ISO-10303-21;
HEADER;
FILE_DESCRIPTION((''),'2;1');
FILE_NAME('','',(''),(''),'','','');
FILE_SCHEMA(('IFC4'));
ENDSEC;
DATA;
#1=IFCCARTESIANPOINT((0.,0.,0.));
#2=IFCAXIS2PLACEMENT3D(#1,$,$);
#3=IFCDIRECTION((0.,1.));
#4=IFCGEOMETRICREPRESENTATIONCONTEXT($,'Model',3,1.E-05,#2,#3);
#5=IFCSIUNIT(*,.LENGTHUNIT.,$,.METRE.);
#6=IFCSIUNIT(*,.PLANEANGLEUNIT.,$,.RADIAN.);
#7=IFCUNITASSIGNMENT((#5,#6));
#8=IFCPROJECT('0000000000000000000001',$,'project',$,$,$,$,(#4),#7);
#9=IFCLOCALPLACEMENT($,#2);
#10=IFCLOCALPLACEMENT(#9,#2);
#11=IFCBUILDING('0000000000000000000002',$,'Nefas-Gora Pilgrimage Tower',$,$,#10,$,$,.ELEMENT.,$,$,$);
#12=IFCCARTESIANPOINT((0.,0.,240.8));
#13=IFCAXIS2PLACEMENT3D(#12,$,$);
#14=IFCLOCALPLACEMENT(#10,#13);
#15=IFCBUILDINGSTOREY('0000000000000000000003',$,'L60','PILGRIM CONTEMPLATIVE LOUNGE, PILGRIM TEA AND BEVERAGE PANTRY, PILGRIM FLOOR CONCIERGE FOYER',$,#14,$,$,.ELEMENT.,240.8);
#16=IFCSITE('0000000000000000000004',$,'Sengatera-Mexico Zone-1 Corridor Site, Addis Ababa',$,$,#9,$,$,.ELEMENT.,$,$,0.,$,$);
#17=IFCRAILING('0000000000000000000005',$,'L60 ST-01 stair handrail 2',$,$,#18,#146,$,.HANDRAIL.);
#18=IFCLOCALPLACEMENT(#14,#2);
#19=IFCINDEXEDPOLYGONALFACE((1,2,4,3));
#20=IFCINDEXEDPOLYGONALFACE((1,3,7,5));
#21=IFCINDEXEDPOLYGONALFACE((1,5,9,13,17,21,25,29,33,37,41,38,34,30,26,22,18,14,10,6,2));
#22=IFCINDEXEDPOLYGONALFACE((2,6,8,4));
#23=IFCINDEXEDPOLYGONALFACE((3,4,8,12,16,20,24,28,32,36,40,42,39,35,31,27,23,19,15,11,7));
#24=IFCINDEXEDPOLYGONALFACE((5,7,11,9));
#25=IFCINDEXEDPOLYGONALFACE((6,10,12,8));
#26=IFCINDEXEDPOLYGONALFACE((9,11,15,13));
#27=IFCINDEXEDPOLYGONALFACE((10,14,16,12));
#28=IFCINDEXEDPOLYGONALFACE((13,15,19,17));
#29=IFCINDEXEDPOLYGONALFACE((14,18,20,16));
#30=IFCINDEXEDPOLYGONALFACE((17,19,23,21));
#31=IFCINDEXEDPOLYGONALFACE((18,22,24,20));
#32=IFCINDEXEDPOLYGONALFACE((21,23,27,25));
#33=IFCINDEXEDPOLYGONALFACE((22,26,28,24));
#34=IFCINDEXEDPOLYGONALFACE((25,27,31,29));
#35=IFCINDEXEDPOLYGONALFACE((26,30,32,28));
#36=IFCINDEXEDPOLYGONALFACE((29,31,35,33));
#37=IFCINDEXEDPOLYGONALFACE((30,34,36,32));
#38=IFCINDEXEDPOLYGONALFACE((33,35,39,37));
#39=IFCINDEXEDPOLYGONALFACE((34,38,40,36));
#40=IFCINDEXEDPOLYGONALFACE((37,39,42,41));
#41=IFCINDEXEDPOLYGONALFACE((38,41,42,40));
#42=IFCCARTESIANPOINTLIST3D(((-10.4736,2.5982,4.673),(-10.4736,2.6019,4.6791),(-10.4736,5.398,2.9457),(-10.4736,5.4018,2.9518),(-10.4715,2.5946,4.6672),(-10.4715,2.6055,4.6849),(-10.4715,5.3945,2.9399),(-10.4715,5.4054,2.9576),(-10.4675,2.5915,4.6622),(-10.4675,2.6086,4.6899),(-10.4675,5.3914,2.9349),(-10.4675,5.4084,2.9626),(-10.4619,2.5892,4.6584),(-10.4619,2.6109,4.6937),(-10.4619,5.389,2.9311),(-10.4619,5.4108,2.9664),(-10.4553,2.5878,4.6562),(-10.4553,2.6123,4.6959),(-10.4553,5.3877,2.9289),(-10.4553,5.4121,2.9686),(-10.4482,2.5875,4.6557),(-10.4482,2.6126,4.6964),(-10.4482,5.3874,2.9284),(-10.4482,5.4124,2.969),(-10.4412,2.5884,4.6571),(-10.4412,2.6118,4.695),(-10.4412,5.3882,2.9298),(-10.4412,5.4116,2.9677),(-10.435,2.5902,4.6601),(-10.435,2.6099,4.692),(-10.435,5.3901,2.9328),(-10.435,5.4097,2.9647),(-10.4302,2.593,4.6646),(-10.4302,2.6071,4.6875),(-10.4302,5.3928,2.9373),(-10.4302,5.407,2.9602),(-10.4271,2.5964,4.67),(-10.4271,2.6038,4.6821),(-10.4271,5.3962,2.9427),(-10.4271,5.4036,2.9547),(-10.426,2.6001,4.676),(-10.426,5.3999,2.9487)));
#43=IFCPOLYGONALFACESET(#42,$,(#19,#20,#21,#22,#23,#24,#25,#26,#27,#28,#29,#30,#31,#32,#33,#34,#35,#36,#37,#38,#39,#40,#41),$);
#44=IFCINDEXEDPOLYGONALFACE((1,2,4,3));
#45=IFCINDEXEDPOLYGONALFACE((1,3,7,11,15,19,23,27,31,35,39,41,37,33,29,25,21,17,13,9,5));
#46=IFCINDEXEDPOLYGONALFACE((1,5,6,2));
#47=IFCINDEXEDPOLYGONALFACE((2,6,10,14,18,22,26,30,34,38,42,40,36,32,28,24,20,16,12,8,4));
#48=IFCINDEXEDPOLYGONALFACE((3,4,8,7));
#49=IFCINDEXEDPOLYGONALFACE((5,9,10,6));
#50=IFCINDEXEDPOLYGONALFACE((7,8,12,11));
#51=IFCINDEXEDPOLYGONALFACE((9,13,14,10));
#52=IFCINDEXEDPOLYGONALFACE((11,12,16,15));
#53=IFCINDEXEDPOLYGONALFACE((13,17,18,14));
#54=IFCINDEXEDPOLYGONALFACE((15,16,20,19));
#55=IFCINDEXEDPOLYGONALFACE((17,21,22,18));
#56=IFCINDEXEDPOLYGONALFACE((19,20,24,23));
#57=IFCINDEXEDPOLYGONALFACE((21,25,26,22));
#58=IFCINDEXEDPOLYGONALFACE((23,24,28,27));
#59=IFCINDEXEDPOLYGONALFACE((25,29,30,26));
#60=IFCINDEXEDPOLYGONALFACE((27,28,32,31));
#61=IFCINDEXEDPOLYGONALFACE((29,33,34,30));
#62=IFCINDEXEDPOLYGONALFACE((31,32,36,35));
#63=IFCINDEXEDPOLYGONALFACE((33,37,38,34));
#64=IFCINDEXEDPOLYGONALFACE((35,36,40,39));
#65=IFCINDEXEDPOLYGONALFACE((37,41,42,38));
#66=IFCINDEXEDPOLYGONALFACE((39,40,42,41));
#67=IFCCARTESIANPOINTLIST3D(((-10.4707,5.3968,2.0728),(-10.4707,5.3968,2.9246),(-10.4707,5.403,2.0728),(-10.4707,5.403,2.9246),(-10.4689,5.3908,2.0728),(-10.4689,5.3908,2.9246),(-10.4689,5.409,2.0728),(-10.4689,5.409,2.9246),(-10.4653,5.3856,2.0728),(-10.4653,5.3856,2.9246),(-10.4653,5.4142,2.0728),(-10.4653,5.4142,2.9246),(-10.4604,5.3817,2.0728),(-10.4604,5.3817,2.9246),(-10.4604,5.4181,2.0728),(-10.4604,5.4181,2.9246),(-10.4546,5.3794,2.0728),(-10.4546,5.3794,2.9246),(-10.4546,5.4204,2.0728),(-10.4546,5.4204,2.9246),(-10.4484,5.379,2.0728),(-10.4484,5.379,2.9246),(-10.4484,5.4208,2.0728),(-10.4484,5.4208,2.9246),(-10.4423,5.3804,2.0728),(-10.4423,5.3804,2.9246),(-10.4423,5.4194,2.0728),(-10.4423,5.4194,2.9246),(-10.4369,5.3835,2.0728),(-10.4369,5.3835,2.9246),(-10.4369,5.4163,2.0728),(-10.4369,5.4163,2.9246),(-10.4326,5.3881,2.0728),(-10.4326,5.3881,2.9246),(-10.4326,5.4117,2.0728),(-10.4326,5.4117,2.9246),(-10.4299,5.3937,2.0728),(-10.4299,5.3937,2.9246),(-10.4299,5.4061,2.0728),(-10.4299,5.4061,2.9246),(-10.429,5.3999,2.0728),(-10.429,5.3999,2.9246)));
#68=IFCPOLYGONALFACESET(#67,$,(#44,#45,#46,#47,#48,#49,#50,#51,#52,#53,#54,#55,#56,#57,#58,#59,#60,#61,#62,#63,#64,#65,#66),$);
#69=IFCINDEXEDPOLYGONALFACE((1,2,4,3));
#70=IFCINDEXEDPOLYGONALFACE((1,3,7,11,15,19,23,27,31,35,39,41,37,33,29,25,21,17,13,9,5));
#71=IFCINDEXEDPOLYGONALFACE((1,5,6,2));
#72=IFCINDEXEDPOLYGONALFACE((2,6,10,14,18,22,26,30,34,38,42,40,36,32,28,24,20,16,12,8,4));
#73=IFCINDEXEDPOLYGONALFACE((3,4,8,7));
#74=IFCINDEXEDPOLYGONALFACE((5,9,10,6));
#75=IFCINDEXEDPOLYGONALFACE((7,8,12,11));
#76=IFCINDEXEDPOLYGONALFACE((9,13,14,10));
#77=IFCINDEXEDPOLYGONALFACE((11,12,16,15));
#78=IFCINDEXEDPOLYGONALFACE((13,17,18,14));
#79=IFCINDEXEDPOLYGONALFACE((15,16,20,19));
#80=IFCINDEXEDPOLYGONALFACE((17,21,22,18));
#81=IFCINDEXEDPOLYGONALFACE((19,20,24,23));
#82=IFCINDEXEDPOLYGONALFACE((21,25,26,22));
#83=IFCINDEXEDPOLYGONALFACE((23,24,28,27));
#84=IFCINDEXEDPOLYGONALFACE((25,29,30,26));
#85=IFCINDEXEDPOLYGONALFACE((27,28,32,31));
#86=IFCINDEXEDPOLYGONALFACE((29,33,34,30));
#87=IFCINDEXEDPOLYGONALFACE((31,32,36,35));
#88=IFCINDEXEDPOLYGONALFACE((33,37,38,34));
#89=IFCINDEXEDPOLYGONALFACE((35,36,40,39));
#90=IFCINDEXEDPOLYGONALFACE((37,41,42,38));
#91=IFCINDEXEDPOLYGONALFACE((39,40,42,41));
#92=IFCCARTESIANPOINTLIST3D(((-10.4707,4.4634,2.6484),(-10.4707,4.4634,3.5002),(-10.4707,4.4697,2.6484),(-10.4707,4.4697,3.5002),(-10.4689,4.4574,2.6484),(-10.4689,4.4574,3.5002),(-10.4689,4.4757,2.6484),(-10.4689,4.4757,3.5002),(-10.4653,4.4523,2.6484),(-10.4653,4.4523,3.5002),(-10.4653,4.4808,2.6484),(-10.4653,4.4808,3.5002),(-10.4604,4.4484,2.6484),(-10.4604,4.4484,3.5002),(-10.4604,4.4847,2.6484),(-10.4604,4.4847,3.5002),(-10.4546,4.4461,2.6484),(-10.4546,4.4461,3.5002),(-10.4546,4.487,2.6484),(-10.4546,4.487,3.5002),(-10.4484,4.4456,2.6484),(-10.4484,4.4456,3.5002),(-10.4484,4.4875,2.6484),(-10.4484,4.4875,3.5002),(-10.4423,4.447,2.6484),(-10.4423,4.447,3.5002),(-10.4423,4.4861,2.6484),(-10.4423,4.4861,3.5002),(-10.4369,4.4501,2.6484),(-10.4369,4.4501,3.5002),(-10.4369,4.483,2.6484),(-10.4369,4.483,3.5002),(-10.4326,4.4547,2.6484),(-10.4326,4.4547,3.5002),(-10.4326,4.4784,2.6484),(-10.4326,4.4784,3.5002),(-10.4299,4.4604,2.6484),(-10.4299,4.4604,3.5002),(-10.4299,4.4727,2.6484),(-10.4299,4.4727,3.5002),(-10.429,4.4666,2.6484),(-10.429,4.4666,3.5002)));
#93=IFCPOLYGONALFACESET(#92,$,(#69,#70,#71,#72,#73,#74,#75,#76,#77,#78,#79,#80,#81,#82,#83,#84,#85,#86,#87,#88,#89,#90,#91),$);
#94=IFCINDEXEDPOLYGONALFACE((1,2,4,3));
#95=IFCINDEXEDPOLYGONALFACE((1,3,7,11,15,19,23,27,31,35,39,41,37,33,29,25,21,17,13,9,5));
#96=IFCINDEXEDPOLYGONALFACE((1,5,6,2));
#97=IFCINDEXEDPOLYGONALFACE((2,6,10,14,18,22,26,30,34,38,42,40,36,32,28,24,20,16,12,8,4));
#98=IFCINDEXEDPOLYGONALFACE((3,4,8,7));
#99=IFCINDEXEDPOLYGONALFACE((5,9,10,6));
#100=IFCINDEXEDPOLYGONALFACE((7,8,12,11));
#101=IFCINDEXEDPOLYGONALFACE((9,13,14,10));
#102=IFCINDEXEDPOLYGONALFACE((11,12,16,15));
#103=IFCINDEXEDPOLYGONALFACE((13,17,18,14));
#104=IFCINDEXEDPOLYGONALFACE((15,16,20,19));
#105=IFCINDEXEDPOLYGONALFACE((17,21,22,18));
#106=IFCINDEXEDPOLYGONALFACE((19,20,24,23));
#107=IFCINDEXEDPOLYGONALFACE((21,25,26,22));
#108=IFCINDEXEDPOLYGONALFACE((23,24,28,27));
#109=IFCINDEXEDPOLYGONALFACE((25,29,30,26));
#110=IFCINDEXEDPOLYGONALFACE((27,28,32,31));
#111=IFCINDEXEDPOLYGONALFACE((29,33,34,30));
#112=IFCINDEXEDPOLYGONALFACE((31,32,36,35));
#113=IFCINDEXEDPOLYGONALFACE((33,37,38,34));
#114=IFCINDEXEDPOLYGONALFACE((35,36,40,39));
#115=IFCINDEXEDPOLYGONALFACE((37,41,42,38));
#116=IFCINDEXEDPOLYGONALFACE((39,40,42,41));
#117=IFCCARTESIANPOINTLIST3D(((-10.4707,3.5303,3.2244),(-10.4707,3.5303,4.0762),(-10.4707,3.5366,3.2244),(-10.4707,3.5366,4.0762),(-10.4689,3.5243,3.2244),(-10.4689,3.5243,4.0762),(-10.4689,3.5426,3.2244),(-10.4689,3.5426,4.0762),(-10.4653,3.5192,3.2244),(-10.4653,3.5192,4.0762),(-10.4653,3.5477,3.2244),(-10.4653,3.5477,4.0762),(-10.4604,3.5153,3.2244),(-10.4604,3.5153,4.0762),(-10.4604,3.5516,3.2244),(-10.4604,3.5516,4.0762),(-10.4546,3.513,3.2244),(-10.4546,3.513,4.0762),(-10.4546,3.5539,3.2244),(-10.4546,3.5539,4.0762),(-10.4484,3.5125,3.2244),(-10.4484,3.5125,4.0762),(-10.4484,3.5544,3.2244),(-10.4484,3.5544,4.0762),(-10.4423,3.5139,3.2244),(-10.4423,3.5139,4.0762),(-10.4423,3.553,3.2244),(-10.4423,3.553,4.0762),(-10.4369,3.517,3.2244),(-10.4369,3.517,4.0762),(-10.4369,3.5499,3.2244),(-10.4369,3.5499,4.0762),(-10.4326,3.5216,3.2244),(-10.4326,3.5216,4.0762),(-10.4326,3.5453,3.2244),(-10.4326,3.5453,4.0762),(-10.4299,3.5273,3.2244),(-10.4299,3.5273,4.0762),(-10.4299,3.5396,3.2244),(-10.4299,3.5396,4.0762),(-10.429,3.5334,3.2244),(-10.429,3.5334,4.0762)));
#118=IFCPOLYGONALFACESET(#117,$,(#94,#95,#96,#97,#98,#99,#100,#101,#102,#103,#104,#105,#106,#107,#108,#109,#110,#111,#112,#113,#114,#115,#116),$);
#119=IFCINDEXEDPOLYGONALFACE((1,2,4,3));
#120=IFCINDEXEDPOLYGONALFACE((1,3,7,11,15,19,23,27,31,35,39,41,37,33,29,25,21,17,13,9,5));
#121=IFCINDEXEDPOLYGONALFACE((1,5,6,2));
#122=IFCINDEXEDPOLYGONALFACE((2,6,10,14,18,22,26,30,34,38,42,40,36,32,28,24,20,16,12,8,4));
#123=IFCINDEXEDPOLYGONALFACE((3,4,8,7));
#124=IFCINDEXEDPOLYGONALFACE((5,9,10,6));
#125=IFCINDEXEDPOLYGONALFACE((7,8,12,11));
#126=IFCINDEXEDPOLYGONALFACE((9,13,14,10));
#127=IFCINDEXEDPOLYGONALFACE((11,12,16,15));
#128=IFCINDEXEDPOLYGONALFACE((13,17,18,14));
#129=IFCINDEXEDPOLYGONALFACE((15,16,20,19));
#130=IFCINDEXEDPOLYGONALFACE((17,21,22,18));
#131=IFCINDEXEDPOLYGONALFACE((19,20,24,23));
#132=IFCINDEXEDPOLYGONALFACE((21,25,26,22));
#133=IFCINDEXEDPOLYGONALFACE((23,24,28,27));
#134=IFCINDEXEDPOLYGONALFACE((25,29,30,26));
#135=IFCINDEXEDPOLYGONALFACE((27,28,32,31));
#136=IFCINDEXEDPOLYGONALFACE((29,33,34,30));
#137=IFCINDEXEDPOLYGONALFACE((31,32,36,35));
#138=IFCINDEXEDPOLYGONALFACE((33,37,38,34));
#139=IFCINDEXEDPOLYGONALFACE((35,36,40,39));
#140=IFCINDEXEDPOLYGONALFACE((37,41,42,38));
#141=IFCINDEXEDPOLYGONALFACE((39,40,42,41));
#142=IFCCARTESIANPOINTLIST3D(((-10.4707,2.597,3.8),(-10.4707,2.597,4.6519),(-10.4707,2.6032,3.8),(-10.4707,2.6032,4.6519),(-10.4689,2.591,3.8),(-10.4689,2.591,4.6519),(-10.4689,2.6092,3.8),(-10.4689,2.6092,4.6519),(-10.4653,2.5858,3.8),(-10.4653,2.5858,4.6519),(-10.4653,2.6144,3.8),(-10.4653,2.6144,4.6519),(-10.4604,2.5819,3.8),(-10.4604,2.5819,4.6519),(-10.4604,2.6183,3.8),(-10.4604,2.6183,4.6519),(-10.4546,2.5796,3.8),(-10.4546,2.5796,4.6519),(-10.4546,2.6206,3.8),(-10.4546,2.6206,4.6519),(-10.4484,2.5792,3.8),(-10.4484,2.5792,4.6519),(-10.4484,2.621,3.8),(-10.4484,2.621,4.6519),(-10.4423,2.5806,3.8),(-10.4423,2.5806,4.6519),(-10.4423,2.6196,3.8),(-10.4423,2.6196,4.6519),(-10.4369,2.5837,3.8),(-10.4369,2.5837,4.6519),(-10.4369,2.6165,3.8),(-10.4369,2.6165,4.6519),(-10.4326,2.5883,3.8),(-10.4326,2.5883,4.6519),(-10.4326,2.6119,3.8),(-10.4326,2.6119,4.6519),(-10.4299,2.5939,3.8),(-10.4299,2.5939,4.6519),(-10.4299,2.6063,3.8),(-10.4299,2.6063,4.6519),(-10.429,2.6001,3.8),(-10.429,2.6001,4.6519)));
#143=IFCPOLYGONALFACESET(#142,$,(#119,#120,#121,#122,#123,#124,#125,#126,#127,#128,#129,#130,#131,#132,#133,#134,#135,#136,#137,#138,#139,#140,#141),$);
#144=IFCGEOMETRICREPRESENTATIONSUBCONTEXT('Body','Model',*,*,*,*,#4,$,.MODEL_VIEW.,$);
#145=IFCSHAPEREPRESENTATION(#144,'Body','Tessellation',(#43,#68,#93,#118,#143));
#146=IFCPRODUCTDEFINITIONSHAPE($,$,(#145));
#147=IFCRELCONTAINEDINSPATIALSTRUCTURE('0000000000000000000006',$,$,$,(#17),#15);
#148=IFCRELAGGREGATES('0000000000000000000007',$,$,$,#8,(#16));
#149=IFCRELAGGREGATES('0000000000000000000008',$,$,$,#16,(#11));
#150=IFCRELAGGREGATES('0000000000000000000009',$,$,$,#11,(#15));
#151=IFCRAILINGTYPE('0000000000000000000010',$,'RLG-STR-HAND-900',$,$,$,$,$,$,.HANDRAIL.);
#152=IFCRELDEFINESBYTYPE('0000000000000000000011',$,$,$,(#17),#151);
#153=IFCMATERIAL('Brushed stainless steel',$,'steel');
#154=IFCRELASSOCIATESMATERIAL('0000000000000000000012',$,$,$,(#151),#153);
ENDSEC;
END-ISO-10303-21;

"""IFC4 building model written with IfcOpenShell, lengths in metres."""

from ifc_helpers import new_model, si_unit, direction, frame, origin, origin_2d, place, context, subcontext, project, spatial, circle, extrude, material, type_object, element, save


model = new_model("IFC4")

# Units and contexts
model_context = context("Model", 3, precision=1e-05, world=origin(), true_north=direction((0.0, 1.0)))
body_context = subcontext(model_context, "Body", "Model", "MODEL_VIEW")
ifc_project = project(units=[si_unit("LENGTHUNIT", "METRE"), si_unit("PLANEANGLEUNIT", "RADIAN")], contexts=[model_context])

# Site, building, storey
site_placement = place(None, origin())
site = spatial("IfcSite", under=ifc_project, at=site_placement, Name="Sengatera-Mexico Zone-1 Corridor Site, Addis Ababa", CompositionType="ELEMENT", RefElevation=0.0)
building_placement = place(site_placement, origin())
building = spatial("IfcBuilding", under=site, at=building_placement, Name="Nefas-Gora Pilgrimage Tower", CompositionType="ELEMENT")
storey_placement = place(building_placement, frame((0.0, 0.0, 240.8)))
storey = spatial("IfcBuildingStorey", under=building, at=storey_placement, Name="L60", Description="PILGRIM CONTEMPLATIVE LOUNGE, PILGRIM TEA AND BEVERAGE PANTRY, PILGRIM FLOOR CONCIERGE FOYER", CompositionType="ELEMENT", Elevation=240.8)

# Railing
ifc_material_1 = material(Name="Brushed stainless steel", Category="steel")
railing_type_1 = type_object("IfcRailingType", Name="RLG-STR-HAND-900", PredefinedType="HANDRAIL", material=ifc_material_1)
railing_1_placement = place(storey_placement, frame((-10.45, 5.3999, 2.0728)))
element("IfcRailing", 1, at=railing_1_placement, inside=storey, type_object=railing_type_1, Name="L60 ST-01 stair handrail 2", PredefinedType="HANDRAIL", context=body_context, shape_type="SweptSolid", body=[
    extrude(circle(Radius=0.0239, at=origin_2d()), frame((0.0, 0.0, 0.876), z_axis=(0.0, -0.851069, 0.525054), x_axis=(1.0, 0.0, 0.0)), (0.0, 0.0, 1.0), 3.2898),
    extrude(circle(Radius=0.021, at=origin_2d()), origin(), (0.0, 0.0, 1.0), 0.8518),
    extrude(circle(Radius=0.021, at=origin_2d()), frame((0.0, -0.9333, 0.5757)), (0.0, 0.0, 1.0), 0.8518),
    extrude(circle(Radius=0.021, at=origin_2d()), frame((0.0, -1.8665, 1.1516)), (0.0, 0.0, 1.0), 0.8518),
    extrude(circle(Radius=0.021, at=origin_2d()), frame((0.0, -2.7998, 1.7273)), (0.0, 0.0, 1.0), 0.8518),
])

save(model, "model.ifc")
